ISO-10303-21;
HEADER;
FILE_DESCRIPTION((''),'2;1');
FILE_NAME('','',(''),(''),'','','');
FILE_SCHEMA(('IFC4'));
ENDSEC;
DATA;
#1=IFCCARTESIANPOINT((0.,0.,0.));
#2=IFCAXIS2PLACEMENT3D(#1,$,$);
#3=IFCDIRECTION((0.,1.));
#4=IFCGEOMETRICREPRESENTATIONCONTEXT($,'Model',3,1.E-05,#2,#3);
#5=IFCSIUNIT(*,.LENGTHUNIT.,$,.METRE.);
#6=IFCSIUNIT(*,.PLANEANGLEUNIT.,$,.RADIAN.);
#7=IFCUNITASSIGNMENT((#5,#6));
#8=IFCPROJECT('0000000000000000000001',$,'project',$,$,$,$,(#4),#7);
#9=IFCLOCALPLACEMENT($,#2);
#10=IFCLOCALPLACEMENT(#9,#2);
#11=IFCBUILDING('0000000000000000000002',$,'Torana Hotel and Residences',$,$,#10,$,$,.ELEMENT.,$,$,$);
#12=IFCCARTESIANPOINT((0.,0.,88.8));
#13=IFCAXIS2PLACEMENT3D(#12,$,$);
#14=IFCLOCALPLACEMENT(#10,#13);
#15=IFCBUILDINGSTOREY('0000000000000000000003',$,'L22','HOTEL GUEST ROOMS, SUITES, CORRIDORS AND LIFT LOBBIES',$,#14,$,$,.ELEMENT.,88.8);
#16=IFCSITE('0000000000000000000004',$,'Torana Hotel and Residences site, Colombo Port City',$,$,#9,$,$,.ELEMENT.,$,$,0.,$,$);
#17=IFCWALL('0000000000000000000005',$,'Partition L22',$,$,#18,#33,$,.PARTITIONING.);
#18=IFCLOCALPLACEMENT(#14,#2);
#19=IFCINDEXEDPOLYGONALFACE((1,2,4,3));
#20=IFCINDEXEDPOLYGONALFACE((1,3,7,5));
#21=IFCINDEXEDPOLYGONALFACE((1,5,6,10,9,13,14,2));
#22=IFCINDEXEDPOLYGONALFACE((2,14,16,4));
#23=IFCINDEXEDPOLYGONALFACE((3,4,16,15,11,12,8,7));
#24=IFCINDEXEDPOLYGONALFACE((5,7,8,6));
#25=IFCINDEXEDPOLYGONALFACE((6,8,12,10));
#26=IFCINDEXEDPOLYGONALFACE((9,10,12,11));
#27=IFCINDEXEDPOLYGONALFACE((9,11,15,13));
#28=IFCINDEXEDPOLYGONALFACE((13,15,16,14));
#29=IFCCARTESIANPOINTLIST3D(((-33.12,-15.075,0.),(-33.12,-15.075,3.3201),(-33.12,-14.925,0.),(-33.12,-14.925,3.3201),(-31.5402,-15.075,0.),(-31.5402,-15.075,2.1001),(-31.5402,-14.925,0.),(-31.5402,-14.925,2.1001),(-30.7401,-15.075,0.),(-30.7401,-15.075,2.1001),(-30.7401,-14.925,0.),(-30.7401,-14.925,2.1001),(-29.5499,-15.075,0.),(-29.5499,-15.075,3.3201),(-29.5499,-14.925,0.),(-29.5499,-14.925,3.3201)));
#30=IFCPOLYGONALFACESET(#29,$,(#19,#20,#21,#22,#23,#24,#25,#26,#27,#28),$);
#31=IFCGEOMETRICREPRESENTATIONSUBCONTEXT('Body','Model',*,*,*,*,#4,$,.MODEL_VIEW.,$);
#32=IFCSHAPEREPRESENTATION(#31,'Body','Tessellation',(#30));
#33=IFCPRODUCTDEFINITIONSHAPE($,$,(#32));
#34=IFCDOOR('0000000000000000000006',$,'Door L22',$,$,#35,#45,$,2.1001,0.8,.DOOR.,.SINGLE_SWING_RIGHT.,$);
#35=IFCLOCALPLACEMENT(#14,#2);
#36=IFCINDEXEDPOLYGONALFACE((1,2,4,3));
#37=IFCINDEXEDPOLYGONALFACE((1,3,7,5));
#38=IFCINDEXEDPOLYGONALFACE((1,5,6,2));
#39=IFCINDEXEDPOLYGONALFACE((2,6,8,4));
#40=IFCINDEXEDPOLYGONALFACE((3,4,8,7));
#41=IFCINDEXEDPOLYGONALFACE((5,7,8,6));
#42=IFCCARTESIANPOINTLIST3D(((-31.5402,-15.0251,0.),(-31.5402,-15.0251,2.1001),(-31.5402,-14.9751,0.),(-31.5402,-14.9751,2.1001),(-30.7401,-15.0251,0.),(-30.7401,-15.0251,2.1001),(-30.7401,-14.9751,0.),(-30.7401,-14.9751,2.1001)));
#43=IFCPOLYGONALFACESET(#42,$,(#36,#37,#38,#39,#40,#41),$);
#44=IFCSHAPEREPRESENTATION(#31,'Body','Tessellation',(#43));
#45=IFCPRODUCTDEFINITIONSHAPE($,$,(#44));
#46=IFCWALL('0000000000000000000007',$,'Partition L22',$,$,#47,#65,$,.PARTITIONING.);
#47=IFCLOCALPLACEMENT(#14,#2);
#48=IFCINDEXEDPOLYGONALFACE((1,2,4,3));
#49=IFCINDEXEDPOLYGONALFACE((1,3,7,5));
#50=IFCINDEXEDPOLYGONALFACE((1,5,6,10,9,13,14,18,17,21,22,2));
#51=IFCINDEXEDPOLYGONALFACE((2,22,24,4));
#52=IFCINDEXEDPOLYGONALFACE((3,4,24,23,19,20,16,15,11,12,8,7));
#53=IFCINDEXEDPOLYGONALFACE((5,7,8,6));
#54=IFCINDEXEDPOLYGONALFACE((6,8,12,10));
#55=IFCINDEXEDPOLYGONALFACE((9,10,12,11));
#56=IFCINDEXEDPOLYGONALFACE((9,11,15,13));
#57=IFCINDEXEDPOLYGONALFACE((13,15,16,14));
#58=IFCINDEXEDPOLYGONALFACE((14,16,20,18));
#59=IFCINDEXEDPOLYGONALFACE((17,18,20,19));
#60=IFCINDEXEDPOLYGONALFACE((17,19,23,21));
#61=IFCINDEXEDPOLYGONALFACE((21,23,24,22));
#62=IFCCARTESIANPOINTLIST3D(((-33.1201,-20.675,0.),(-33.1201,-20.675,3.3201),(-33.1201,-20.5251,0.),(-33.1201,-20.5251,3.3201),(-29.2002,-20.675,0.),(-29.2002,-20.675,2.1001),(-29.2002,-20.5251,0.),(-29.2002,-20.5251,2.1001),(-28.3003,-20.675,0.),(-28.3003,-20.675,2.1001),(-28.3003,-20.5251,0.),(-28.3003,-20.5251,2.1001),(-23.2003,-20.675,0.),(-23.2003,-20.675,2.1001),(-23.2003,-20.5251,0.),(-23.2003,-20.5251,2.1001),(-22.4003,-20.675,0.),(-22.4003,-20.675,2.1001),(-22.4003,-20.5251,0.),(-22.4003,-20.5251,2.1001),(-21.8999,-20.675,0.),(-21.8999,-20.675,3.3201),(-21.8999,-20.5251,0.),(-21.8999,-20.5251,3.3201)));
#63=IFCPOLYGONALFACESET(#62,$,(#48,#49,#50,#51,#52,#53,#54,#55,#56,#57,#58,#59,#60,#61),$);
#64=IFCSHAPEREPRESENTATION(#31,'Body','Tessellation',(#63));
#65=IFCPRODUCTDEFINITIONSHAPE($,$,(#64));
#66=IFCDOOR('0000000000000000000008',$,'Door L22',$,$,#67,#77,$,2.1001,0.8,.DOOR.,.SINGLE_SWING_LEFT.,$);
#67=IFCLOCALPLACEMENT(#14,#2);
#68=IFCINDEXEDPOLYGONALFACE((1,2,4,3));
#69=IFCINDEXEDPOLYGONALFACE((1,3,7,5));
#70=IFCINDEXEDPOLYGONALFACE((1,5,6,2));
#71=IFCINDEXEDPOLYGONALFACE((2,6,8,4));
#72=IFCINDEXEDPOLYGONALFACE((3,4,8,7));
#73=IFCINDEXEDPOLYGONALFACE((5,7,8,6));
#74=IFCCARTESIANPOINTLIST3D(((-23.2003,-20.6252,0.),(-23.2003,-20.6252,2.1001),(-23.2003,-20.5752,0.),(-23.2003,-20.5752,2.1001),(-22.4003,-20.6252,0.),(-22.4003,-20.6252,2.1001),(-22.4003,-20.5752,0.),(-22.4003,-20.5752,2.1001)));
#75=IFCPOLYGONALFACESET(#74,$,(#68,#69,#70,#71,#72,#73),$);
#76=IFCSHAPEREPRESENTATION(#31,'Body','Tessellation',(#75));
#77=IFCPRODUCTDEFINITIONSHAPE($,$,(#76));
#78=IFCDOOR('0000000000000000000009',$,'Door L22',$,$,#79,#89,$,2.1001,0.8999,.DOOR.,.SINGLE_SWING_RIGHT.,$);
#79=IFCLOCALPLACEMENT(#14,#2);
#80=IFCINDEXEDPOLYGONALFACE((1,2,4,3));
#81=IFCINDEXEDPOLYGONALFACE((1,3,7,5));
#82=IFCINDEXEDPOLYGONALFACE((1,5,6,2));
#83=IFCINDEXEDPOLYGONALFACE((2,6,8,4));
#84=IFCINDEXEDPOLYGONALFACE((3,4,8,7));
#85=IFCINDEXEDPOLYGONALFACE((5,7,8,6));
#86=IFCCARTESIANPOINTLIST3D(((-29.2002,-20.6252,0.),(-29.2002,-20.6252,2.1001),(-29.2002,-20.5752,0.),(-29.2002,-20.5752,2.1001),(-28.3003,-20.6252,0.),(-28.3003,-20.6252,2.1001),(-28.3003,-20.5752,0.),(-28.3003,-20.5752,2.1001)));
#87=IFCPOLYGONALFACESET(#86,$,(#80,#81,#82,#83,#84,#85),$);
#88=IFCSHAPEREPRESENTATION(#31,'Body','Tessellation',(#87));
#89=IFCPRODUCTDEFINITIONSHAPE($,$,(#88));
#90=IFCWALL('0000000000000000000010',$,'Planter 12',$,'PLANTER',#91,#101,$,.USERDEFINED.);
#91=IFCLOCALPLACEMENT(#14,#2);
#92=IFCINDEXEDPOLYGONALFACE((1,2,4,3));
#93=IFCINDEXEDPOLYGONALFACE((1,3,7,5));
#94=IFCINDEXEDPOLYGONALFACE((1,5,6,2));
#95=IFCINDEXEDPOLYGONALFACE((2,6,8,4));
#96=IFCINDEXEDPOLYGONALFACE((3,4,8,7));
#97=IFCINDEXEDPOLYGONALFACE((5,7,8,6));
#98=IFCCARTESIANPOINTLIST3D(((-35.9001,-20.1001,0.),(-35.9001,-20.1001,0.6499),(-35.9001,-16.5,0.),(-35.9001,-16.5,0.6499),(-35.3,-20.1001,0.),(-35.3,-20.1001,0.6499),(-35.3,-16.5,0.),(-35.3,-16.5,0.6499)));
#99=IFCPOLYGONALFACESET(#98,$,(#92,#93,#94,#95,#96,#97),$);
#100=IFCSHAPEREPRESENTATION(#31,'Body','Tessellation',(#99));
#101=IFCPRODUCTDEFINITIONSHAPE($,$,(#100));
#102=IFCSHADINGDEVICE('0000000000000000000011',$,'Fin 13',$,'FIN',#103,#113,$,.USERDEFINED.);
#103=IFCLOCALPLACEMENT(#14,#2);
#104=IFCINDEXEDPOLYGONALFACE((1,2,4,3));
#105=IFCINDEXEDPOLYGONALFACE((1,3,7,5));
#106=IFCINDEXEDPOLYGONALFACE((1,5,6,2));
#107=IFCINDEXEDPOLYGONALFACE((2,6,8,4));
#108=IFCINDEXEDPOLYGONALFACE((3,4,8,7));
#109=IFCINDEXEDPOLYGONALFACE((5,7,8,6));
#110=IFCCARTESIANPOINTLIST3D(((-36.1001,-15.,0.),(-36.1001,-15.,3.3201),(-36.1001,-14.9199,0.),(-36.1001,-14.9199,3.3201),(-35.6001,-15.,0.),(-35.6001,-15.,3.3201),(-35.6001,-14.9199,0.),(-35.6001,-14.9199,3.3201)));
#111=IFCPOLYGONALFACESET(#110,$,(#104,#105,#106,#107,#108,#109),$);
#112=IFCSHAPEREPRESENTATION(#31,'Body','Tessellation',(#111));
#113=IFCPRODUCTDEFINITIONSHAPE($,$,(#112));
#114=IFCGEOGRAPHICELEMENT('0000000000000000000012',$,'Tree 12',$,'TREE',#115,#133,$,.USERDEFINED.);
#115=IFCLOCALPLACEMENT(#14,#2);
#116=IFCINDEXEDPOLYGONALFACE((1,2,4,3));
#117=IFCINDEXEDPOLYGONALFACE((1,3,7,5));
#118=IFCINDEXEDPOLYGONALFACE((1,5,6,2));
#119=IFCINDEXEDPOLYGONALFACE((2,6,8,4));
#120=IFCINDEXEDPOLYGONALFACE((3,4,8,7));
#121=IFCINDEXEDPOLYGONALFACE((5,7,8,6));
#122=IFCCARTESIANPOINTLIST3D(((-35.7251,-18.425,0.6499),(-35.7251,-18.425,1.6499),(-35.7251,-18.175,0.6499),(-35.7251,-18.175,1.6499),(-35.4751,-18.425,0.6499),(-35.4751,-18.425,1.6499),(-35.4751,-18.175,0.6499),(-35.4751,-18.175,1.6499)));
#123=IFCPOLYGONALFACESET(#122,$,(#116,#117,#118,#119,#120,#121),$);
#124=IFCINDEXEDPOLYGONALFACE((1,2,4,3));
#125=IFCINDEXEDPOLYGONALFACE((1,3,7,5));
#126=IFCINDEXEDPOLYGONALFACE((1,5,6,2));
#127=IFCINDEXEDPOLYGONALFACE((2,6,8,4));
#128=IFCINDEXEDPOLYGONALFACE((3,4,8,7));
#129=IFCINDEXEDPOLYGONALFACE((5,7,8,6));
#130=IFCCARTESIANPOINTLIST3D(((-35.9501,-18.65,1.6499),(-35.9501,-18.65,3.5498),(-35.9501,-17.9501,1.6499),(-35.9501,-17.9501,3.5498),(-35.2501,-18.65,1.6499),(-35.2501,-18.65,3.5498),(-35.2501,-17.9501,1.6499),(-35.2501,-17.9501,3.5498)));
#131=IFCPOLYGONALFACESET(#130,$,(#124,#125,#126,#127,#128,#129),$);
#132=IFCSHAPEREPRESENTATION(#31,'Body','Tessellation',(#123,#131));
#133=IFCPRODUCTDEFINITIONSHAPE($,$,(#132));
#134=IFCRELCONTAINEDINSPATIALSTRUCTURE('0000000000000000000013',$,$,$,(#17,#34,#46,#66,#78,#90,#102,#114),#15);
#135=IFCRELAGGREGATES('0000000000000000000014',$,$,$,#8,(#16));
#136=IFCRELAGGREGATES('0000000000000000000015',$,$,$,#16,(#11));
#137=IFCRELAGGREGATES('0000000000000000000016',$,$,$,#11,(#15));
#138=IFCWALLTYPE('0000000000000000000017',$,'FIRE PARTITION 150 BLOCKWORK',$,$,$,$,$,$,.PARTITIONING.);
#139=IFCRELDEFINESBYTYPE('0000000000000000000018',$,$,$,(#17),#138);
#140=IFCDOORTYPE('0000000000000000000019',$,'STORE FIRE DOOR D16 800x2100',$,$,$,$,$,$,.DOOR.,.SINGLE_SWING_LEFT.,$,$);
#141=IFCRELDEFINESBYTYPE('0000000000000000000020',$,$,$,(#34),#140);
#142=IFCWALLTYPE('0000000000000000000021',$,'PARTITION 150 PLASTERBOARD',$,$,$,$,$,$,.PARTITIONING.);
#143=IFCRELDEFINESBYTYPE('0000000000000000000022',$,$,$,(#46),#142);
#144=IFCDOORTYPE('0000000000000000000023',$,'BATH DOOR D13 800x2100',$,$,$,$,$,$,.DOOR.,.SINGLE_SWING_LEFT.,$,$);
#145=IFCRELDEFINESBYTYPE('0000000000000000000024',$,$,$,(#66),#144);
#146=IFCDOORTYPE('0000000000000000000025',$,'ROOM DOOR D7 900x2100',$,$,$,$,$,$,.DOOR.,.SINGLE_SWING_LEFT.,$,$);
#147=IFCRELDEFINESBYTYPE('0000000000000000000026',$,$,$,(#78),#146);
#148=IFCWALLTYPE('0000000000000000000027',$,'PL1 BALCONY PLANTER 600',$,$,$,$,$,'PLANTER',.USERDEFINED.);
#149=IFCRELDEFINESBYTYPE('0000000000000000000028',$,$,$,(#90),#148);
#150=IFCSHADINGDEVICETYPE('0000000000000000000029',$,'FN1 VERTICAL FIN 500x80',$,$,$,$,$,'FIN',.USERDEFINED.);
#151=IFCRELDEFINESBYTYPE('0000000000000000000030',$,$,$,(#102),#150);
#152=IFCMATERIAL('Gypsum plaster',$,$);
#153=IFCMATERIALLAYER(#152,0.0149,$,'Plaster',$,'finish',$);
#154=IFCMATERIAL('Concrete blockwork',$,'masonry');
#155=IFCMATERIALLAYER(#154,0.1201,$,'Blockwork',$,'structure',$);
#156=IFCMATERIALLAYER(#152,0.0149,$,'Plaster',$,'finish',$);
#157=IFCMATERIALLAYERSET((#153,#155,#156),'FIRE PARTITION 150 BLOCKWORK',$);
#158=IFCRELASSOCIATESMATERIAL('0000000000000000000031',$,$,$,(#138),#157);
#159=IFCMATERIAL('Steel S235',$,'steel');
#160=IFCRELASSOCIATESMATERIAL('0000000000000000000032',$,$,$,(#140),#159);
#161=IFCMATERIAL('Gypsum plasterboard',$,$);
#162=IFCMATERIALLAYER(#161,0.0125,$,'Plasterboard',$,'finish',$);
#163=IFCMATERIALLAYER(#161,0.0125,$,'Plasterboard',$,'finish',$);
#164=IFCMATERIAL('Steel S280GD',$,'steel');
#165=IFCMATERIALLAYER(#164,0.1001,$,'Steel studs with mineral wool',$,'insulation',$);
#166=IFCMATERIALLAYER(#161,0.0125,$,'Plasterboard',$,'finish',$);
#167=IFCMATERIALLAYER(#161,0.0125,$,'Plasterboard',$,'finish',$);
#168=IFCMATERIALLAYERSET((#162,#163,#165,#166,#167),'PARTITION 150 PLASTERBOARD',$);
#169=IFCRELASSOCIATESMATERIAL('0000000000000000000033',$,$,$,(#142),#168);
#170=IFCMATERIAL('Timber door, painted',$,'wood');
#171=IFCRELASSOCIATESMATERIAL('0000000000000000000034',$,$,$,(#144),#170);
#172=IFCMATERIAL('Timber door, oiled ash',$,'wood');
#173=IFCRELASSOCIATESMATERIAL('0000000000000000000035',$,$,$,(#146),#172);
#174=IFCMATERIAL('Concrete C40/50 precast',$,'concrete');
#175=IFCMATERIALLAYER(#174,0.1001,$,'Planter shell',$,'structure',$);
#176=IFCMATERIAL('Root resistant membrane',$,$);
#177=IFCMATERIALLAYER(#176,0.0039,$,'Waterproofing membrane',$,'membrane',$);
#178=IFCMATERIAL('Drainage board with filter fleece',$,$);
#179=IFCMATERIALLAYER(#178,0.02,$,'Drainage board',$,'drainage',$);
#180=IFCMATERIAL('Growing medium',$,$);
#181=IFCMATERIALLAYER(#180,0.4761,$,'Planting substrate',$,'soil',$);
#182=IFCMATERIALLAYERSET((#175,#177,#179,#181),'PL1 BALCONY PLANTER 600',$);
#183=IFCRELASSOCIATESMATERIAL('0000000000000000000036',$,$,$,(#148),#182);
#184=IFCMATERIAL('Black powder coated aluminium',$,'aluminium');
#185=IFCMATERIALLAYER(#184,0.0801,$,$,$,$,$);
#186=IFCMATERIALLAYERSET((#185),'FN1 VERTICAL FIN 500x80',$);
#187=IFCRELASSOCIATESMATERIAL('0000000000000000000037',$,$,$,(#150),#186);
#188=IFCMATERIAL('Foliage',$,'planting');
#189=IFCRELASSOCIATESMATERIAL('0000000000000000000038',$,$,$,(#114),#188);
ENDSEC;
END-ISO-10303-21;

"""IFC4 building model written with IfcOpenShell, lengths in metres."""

from ifc_helpers import new_model, si_unit, direction, frame, frame_2d, origin, origin_2d, place, context, subcontext, project, spatial, rectangle, extrude, material, layer, layer_set, type_object, element, fill, save


model = new_model("IFC4")

# Units and contexts
model_context = context("Model", 3, precision=1e-05, world=origin(), true_north=direction((0.0, 1.0)))
body_context = subcontext(model_context, "Body", "Model", "MODEL_VIEW")
ifc_project = project(units=[si_unit("LENGTHUNIT", "METRE"), si_unit("PLANEANGLEUNIT", "RADIAN")], contexts=[model_context])

# Site, building, storey
site_placement = place(None, origin())
site = spatial("IfcSite", under=ifc_project, at=site_placement, Name="Torana Hotel and Residences site, Colombo Port City", CompositionType="ELEMENT", RefElevation=0.0)
building_placement = place(site_placement, origin())
building = spatial("IfcBuilding", under=site, at=building_placement, Name="Torana Hotel and Residences", CompositionType="ELEMENT")
storey_placement = place(building_placement, frame((0.0, 0.0, 88.8)))
storey = spatial("IfcBuildingStorey", under=building, at=storey_placement, Name="L22", Description="HOTEL GUEST ROOMS, SUITES, CORRIDORS AND LIFT LOBBIES", CompositionType="ELEMENT", Elevation=88.8)

# Shared definitions
ifc_material_1 = material(Name="Gypsum plaster")
ifc_layer_1 = layer(ifc_material_1, 0.0149, Name="Plaster", Category="finish")
ifc_material_2 = material(Name="Concrete blockwork", Category="masonry")
ifc_layer_2 = layer(ifc_material_2, 0.1201, Name="Blockwork", Category="structure")
ifc_layer_3 = layer(ifc_material_1, 0.0149, Name="Plaster", Category="finish")
ifc_layer_set_1 = layer_set([ifc_layer_1, ifc_layer_2, ifc_layer_3], Name="FIRE PARTITION 150 BLOCKWORK")
wall_type_1 = type_object("IfcWallType", Name="FIRE PARTITION 150 BLOCKWORK", PredefinedType="PARTITIONING", material=ifc_layer_set_1)

# Wall, opening, door
wall_1_placement = place(storey_placement, frame((-33.1201, -15.0, 0.0), z_axis=(0.0, 0.0, 1.0), x_axis=(1.0, 0.0, 0.0)))
wall_1 = element("IfcWall", 1, at=wall_1_placement, inside=storey, type_object=wall_type_1, Name="Partition L22", PredefinedType="PARTITIONING", context=body_context, shape_type="SweptSolid", body=[
    extrude(rectangle(XDim=3.5701, YDim=0.1499, at=frame_2d((1.7852, 0.0))), origin(), (0.0, 0.0, 1.0), 3.3201),
])
opening_1_placement = place(wall_1_placement, frame((1.5801, 0.0, 0.0)))
opening_1 = element("IfcOpeningElement", 2, at=opening_1_placement, cuts=wall_1, PredefinedType="OPENING", context=body_context, shape_type="SweptSolid", body=[
    extrude(rectangle(XDim=0.8, YDim=2.1001, at=frame_2d((0.3999, 1.05))), frame((0.0, 0.085, 0.0), z_axis=(0.0, -1.0, 0.0), x_axis=(1.0, 0.0, 0.0)), (0.0, 0.0, 1.0), 0.1699),
])
ifc_material_3 = material(Name="Steel S235", Category="steel")
door_type_1 = type_object("IfcDoorType", Name="STORE FIRE DOOR D16 800x2100", OperationType="SINGLE_SWING_LEFT", PredefinedType="DOOR", material=ifc_material_3)
door_1_placement = place(opening_1_placement, origin())
door_1 = element("IfcDoor", 3, at=door_1_placement, inside=storey, type_object=door_type_1, Name="Door L22", OperationType="SINGLE_SWING_RIGHT", OverallHeight=2.1001, OverallWidth=0.8, PredefinedType="DOOR", context=body_context, shape_type="SweptSolid", body=[
    extrude(rectangle(XDim=0.8, YDim=2.1001, at=frame_2d((0.3999, 1.05))), frame((0.0, 0.0249, 0.0), z_axis=(0.0, -1.0, 0.0), x_axis=(1.0, 0.0, 0.0)), (0.0, 0.0, 1.0), 0.05),
])
fill(opening_1, door_1)

# Wall, openings, doors
ifc_material_4 = material(Name="Gypsum plasterboard")
ifc_layer_4 = layer(ifc_material_4, 0.0125, Name="Plasterboard", Category="finish")
ifc_layer_5 = layer(ifc_material_4, 0.0125, Name="Plasterboard", Category="finish")
ifc_material_5 = material(Name="Steel S280GD", Category="steel")
ifc_layer_6 = layer(ifc_material_5, 0.1001, Name="Steel studs with mineral wool", Category="insulation")
ifc_layer_7 = layer(ifc_material_4, 0.0125, Name="Plasterboard", Category="finish")
ifc_layer_8 = layer(ifc_material_4, 0.0125, Name="Plasterboard", Category="finish")
ifc_layer_set_2 = layer_set([ifc_layer_4, ifc_layer_5, ifc_layer_6, ifc_layer_7, ifc_layer_8], Name="PARTITION 150 PLASTERBOARD")
wall_type_2 = type_object("IfcWallType", Name="PARTITION 150 PLASTERBOARD", PredefinedType="PARTITIONING", material=ifc_layer_set_2)
wall_2_placement = place(storey_placement, frame((-33.1201, -20.6001, 0.0), z_axis=(0.0, 0.0, 1.0), x_axis=(1.0, 0.0, 0.0)))
wall_2 = element("IfcWall", 4, at=wall_2_placement, inside=storey, type_object=wall_type_2, Name="Partition L22", PredefinedType="PARTITIONING", context=body_context, shape_type="SweptSolid", body=[
    extrude(rectangle(XDim=11.2202, YDim=0.1499, at=frame_2d((5.6101, 0.0))), origin(), (0.0, 0.0, 1.0), 3.3201),
])
opening_2_placement = place(wall_2_placement, frame((9.9199, 0.0, 0.0)))
opening_2 = element("IfcOpeningElement", 5, at=opening_2_placement, cuts=wall_2, PredefinedType="OPENING", context=body_context, shape_type="SweptSolid", body=[
    extrude(rectangle(XDim=0.8, YDim=2.1001, at=frame_2d((0.3999, 1.05))), frame((0.0, 0.085, 0.0), z_axis=(0.0, -1.0, 0.0), x_axis=(1.0, 0.0, 0.0)), (0.0, 0.0, 1.0), 0.1699),
])
opening_3_placement = place(wall_2_placement, frame((3.9199, 0.0, 0.0)))
opening_3 = element("IfcOpeningElement", 6, at=opening_3_placement, cuts=wall_2, PredefinedType="OPENING", context=body_context, shape_type="SweptSolid", body=[
    extrude(rectangle(XDim=0.8999, YDim=2.1001, at=frame_2d((0.45, 1.05))), frame((0.0, 0.085, 0.0), z_axis=(0.0, -1.0, 0.0), x_axis=(1.0, 0.0, 0.0)), (0.0, 0.0, 1.0), 0.1699),
])
ifc_material_6 = material(Name="Timber door, painted", Category="wood")
door_type_2 = type_object("IfcDoorType", Name="BATH DOOR D13 800x2100", OperationType="SINGLE_SWING_LEFT", PredefinedType="DOOR", material=ifc_material_6)
door_2_placement = place(opening_2_placement, origin())
door_2 = element("IfcDoor", 7, at=door_2_placement, inside=storey, type_object=door_type_2, Name="Door L22", OperationType="SINGLE_SWING_LEFT", OverallHeight=2.1001, OverallWidth=0.8, PredefinedType="DOOR", context=body_context, shape_type="SweptSolid", body=[
    extrude(rectangle(XDim=0.8, YDim=2.1001, at=frame_2d((0.3999, 1.05))), frame((0.0, 0.0249, 0.0), z_axis=(0.0, -1.0, 0.0), x_axis=(1.0, 0.0, 0.0)), (0.0, 0.0, 1.0), 0.05),
])
fill(opening_2, door_2)
ifc_material_7 = material(Name="Timber door, oiled ash", Category="wood")
door_type_3 = type_object("IfcDoorType", Name="ROOM DOOR D7 900x2100", OperationType="SINGLE_SWING_LEFT", PredefinedType="DOOR", material=ifc_material_7)
door_3_placement = place(opening_3_placement, origin())
door_3 = element("IfcDoor", 8, at=door_3_placement, inside=storey, type_object=door_type_3, Name="Door L22", OperationType="SINGLE_SWING_RIGHT", OverallHeight=2.1001, OverallWidth=0.8999, PredefinedType="DOOR", context=body_context, shape_type="SweptSolid", body=[
    extrude(rectangle(XDim=0.8999, YDim=2.1001, at=frame_2d((0.45, 1.05))), frame((0.0, 0.0249, 0.0), z_axis=(0.0, -1.0, 0.0), x_axis=(1.0, 0.0, 0.0)), (0.0, 0.0, 1.0), 0.05),
])
fill(opening_3, door_3)

# Wall
ifc_material_8 = material(Name="Concrete C40/50 precast", Category="concrete")
ifc_layer_9 = layer(ifc_material_8, 0.1001, Name="Planter shell", Category="structure")
ifc_material_9 = material(Name="Root resistant membrane")
ifc_layer_10 = layer(ifc_material_9, 0.0039, Name="Waterproofing membrane", Category="membrane")
ifc_material_10 = material(Name="Drainage board with filter fleece")
ifc_layer_11 = layer(ifc_material_10, 0.02, Name="Drainage board", Category="drainage")
ifc_material_11 = material(Name="Growing medium")
ifc_layer_12 = layer(ifc_material_11, 0.4761, Name="Planting substrate", Category="soil")
ifc_layer_set_3 = layer_set([ifc_layer_9, ifc_layer_10, ifc_layer_11, ifc_layer_12], Name="PL1 BALCONY PLANTER 600")
wall_type_3 = type_object("IfcWallType", Name="PL1 BALCONY PLANTER 600", ElementType="PLANTER", PredefinedType="USERDEFINED", material=ifc_layer_set_3)
wall_3_placement = place(storey_placement, frame((-35.6001, -20.1001, 0.0), z_axis=(0.0, 0.0, 1.0), x_axis=(0.0, 1.0, 0.0)))
element("IfcWall", 9, at=wall_3_placement, inside=storey, type_object=wall_type_3, Name="Planter 12", ObjectType="PLANTER", PredefinedType="USERDEFINED", context=body_context, shape_type="SweptSolid", body=[
    extrude(rectangle(XDim=3.6001, YDim=0.6001, at=frame_2d((1.8, 0.0))), origin(), (0.0, 0.0, 1.0), 0.6499),
])

# Shading device
ifc_material_12 = material(Name="Black powder coated aluminium", Category="aluminium")
ifc_layer_13 = layer(ifc_material_12, 0.0801)
ifc_layer_set_4 = layer_set([ifc_layer_13], Name="FN1 VERTICAL FIN 500x80")
shading_device_type = type_object("IfcShadingDeviceType", Name="FN1 VERTICAL FIN 500x80", ElementType="FIN", PredefinedType="USERDEFINED", material=ifc_layer_set_4)
shading_device_placement = place(storey_placement, frame((-35.8501, -14.96, 0.0), z_axis=(0.0, 0.0, 1.0), x_axis=(0.0, 1.0, 0.0)))
element("IfcShadingDevice", 10, at=shading_device_placement, inside=storey, type_object=shading_device_type, Name="Fin 13", ObjectType="FIN", PredefinedType="USERDEFINED", context=body_context, shape_type="SweptSolid", body=[
    extrude(rectangle(XDim=0.0801, YDim=0.5, at=origin_2d()), origin(), (0.0, 0.0, 1.0), 3.3201),
])

# Geographic element
ifc_material_13 = material(Name="Foliage", Category="planting")
geographic_element_placement = place(storey_placement, frame((-35.6001, -18.3, 0.6499), z_axis=(0.0, 0.0, 1.0), x_axis=(1.0, 0.0, 0.0)))
element("IfcGeographicElement", 11, at=geographic_element_placement, inside=storey, material=ifc_material_13, Name="Tree 12", ObjectType="TREE", PredefinedType="USERDEFINED", context=body_context, shape_type="SweptSolid", body=[
    extrude(rectangle(XDim=0.25, YDim=0.25, at=origin_2d()), origin(), (0.0, 0.0, 1.0), 1.0),
    extrude(rectangle(XDim=0.7, YDim=0.7, at=origin_2d()), frame((0.0, 0.0, 1.0)), (0.0, 0.0, 1.0), 1.8999),
])

save(model, "model.ifc")
